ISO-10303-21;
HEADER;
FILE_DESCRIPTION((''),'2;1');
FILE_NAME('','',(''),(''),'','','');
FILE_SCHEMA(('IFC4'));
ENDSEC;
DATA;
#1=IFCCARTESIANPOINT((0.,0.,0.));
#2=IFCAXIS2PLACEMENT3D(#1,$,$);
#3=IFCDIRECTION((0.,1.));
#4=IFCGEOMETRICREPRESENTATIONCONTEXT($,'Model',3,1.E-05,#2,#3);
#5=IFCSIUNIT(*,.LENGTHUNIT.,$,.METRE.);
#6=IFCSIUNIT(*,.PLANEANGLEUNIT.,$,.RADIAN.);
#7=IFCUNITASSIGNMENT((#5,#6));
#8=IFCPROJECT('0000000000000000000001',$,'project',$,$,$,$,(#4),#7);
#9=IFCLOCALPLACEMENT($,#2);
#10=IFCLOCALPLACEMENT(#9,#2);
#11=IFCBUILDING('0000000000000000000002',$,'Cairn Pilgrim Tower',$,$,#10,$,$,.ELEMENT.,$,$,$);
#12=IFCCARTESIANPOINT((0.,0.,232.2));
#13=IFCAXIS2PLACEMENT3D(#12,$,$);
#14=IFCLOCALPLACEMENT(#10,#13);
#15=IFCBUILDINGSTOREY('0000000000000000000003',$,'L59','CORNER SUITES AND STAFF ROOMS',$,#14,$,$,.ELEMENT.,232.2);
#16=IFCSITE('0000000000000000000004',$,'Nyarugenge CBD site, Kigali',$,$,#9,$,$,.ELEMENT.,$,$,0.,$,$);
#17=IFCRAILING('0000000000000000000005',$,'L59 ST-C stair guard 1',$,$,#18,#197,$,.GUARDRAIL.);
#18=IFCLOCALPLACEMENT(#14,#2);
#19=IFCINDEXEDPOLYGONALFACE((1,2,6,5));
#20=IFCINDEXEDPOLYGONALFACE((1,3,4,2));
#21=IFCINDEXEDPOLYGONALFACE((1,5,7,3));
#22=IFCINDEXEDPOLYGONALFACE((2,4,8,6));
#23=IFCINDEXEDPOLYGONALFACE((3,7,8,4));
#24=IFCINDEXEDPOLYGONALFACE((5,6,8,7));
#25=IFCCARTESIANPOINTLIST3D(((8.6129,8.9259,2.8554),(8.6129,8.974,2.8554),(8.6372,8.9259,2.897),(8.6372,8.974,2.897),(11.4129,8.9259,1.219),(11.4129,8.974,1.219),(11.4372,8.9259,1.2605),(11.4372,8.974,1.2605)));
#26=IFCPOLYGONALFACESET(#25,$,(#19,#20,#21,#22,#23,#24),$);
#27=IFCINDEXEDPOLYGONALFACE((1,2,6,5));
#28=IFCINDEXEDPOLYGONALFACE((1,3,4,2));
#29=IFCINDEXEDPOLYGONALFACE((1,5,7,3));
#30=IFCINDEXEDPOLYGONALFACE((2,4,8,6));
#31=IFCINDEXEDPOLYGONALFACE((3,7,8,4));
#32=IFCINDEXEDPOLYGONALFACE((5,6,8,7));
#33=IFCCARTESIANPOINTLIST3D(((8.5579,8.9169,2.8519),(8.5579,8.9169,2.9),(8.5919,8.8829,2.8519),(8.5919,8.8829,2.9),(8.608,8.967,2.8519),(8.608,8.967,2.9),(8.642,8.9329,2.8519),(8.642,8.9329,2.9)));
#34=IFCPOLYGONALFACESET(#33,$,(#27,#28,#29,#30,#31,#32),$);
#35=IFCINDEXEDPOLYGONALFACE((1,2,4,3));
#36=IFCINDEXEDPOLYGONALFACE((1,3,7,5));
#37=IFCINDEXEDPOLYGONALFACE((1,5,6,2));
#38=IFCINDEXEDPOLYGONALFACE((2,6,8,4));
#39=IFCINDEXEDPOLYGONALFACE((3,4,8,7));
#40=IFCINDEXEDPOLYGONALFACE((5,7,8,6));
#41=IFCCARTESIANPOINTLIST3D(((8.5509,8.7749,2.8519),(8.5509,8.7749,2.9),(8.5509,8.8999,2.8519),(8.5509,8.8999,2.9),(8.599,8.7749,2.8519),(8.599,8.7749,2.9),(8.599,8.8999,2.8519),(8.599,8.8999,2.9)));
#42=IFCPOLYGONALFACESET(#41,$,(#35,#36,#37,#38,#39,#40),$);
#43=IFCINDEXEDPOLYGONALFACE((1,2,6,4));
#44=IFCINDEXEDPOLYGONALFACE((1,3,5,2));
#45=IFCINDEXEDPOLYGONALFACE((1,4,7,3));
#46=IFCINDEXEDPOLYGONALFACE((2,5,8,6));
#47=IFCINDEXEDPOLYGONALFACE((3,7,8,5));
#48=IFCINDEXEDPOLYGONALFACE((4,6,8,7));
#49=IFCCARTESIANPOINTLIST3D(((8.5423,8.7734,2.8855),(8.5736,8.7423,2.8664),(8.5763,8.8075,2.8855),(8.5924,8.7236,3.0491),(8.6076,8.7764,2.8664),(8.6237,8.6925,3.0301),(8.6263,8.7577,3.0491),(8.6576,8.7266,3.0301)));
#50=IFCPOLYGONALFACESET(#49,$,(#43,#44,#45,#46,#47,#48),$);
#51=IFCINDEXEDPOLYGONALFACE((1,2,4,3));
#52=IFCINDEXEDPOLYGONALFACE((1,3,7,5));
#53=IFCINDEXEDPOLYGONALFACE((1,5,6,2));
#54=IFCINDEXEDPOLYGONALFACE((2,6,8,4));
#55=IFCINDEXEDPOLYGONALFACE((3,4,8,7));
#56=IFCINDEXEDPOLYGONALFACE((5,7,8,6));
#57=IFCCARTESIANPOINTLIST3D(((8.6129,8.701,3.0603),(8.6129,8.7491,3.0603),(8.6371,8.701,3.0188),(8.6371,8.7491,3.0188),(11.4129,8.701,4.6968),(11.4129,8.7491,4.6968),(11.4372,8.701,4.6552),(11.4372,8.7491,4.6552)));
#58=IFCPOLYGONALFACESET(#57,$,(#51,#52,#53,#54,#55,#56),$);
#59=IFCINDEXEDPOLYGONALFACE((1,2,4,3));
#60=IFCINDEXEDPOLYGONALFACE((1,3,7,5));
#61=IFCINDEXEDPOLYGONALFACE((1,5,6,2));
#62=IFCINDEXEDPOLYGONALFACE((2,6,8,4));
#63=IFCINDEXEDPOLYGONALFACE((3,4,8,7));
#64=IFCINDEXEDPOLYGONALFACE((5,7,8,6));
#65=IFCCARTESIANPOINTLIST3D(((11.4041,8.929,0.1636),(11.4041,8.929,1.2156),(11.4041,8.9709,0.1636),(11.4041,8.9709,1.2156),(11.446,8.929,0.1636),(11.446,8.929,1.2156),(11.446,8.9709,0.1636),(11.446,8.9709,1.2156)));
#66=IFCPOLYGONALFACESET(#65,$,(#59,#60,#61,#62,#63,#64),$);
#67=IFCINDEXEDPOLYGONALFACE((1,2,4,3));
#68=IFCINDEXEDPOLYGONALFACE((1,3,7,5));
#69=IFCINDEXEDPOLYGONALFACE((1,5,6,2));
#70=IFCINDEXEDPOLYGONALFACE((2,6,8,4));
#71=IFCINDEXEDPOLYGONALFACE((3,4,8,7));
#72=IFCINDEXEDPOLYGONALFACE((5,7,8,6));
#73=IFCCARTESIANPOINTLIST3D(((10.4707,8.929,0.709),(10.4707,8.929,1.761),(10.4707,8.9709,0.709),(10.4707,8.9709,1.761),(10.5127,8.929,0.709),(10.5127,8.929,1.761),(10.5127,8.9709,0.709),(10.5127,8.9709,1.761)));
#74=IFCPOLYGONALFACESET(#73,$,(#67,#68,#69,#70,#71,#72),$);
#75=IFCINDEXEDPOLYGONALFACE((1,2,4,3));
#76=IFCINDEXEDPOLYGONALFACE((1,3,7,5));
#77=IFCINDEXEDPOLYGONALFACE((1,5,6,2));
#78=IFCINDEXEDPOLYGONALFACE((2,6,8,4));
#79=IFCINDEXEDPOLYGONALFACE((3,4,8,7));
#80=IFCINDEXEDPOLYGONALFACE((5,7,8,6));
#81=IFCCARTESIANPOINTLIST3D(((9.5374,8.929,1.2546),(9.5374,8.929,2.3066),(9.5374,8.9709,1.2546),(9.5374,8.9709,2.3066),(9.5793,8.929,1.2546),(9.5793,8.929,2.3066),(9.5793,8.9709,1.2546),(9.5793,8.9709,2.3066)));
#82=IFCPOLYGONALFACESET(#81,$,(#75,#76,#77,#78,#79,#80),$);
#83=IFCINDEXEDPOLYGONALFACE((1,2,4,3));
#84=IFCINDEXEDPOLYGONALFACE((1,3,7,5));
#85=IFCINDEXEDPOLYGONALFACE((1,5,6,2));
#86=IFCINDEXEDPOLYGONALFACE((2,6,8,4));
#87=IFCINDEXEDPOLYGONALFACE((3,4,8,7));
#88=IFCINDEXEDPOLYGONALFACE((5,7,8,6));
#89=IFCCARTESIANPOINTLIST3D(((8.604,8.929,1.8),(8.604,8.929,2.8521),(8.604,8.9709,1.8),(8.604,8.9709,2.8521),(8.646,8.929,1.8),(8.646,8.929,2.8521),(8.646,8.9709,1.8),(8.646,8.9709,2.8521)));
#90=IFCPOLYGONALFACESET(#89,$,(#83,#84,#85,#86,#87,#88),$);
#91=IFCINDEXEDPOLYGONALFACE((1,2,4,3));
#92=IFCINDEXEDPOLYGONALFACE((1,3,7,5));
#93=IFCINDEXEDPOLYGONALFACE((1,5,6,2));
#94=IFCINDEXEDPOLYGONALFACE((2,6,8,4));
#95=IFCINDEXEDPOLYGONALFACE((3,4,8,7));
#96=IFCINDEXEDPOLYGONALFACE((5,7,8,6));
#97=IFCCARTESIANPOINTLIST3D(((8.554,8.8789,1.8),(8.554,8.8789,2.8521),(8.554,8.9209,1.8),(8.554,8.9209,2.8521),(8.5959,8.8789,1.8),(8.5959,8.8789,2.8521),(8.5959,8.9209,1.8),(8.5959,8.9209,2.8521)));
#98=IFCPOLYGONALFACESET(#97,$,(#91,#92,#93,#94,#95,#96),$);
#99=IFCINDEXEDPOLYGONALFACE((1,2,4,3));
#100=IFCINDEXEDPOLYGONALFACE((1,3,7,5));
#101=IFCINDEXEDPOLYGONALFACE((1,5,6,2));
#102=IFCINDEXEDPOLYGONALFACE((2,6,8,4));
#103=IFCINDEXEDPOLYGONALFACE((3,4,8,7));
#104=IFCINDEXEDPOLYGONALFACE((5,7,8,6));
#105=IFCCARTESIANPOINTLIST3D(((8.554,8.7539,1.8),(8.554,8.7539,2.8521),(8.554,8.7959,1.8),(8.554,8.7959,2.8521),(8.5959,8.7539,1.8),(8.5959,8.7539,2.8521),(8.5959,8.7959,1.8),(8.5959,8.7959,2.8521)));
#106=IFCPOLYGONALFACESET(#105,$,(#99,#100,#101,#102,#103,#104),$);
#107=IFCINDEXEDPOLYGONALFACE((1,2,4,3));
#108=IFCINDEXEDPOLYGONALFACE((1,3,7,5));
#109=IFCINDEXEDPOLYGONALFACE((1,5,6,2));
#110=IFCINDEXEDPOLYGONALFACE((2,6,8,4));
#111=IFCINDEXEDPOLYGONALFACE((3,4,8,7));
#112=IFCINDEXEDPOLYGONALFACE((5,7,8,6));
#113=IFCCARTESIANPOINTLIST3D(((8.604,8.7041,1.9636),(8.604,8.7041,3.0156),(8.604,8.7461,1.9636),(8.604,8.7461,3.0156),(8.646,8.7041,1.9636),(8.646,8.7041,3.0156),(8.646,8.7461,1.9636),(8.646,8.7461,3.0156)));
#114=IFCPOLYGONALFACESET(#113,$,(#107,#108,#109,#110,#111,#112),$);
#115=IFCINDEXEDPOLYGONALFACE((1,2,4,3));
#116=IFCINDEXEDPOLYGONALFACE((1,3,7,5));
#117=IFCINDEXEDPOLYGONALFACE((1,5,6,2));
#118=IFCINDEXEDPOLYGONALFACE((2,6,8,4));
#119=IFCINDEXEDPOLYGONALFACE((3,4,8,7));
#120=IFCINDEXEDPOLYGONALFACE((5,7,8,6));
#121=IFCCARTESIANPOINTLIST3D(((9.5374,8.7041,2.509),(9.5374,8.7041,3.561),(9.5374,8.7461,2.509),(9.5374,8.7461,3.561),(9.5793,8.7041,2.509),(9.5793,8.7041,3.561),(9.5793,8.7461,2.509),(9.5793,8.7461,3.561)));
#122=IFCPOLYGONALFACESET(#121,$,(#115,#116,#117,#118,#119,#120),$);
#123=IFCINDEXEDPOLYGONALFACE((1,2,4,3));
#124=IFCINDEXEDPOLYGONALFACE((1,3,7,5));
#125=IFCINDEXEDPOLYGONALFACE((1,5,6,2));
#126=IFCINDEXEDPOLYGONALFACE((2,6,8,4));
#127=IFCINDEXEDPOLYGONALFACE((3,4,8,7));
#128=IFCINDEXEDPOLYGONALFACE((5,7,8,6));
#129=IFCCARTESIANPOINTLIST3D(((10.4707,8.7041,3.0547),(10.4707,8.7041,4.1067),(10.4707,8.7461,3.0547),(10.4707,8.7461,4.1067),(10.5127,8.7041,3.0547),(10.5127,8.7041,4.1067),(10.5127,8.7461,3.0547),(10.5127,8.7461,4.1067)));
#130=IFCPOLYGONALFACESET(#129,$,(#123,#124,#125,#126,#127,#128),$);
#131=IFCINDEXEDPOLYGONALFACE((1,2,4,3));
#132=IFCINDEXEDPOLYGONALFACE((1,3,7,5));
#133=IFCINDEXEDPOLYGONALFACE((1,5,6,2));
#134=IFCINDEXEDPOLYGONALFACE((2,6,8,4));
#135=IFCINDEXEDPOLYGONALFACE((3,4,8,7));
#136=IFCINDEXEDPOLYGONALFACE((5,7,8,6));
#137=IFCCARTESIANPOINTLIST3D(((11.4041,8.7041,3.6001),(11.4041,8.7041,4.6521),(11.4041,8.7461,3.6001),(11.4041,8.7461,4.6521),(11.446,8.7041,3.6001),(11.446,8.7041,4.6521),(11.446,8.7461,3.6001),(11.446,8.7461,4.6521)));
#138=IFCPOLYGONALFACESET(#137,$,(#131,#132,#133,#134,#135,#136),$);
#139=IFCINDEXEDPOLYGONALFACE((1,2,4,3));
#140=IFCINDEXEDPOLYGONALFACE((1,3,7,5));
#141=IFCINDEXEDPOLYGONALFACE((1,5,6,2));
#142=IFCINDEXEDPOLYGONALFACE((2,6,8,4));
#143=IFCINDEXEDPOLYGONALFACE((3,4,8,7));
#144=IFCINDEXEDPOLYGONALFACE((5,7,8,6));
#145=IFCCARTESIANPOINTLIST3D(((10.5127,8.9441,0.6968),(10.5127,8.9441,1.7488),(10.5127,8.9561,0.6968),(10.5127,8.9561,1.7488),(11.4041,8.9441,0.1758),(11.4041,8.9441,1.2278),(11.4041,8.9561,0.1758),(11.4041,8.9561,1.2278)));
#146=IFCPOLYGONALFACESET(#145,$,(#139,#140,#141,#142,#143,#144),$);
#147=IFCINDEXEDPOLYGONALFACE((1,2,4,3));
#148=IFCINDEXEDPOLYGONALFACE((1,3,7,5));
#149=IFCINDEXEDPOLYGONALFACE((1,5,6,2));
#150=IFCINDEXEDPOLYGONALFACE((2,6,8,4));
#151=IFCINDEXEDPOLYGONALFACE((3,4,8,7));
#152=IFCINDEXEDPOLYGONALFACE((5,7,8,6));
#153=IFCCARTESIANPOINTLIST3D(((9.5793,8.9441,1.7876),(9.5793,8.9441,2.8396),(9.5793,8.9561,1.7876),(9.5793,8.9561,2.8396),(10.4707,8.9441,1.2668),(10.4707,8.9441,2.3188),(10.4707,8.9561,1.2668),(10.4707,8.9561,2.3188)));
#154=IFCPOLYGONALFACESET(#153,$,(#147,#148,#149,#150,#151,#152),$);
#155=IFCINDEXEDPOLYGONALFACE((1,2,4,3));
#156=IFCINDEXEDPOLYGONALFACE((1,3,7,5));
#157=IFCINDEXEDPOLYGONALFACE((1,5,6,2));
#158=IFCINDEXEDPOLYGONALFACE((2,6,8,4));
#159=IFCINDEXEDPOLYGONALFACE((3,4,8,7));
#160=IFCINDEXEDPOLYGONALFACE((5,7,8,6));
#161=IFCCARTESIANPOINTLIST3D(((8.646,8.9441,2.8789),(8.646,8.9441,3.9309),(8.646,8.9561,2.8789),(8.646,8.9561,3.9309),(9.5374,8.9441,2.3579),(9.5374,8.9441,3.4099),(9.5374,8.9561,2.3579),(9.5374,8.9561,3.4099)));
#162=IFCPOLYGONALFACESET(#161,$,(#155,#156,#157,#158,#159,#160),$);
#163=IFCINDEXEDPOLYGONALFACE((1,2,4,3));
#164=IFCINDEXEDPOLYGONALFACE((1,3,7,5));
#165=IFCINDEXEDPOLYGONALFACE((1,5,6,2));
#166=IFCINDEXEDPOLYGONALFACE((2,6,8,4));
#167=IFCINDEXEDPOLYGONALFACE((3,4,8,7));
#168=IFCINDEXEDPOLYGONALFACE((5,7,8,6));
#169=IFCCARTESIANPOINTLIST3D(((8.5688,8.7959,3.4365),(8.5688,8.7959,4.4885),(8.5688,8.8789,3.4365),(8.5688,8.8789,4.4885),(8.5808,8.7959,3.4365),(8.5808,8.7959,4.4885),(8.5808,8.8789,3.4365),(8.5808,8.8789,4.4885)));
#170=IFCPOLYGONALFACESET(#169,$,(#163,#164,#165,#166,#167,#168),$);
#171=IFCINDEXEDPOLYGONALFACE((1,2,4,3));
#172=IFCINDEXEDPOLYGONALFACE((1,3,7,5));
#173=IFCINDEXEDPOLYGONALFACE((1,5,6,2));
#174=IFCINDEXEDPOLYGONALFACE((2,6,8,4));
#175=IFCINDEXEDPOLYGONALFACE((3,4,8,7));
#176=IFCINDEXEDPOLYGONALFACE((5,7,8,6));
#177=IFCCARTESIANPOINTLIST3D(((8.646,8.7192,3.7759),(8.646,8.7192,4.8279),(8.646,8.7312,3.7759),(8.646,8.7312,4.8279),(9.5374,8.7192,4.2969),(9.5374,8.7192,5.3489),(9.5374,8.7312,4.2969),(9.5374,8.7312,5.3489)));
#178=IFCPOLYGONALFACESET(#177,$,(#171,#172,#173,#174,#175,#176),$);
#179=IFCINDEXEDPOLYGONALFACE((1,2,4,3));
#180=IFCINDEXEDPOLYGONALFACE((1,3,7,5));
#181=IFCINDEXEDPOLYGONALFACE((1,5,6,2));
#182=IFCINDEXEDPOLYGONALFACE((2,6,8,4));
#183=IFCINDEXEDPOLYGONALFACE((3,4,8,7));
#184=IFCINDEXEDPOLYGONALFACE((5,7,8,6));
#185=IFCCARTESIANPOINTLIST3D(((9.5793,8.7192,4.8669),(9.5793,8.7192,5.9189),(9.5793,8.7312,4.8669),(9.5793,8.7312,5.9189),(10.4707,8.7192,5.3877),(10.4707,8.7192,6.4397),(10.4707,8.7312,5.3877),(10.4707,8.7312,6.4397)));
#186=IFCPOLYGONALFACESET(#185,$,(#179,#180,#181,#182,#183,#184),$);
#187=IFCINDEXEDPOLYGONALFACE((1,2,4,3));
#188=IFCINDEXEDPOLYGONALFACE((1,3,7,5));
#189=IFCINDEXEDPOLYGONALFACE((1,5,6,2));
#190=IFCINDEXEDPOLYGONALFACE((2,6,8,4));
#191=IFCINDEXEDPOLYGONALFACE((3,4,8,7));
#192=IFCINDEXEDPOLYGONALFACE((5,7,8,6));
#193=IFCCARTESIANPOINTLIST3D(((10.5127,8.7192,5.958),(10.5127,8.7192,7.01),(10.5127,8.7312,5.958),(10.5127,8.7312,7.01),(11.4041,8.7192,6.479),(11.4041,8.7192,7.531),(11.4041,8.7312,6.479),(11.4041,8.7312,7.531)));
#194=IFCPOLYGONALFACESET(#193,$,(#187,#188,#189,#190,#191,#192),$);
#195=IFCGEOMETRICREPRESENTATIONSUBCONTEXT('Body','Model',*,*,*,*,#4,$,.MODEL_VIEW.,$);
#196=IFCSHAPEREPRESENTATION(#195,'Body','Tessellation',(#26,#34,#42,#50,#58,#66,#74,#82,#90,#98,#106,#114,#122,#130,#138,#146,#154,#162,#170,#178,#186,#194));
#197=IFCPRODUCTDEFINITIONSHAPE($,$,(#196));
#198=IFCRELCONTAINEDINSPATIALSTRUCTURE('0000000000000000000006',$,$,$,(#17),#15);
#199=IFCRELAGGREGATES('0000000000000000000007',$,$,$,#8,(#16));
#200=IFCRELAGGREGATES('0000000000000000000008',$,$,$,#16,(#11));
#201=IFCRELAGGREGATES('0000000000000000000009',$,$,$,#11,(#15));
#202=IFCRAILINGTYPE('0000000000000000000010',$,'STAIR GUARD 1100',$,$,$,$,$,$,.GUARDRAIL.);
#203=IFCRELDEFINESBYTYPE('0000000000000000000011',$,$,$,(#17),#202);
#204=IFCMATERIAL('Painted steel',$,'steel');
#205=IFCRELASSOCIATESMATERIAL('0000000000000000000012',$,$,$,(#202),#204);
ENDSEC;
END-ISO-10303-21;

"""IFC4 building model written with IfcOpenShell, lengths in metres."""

from ifc_helpers import new_model, si_unit, direction, frame, origin, origin_2d, place, context, subcontext, project, spatial, polyline, rectangle, outline, extrude, material, type_object, element, save


model = new_model("IFC4")

# Units and contexts
model_context = context("Model", 3, precision=1e-05, world=origin(), true_north=direction((0.0, 1.0)))
body_context = subcontext(model_context, "Body", "Model", "MODEL_VIEW")
ifc_project = project(units=[si_unit("LENGTHUNIT", "METRE"), si_unit("PLANEANGLEUNIT", "RADIAN")], contexts=[model_context])

# Site, building, storey
site_placement = place(None, origin())
site = spatial("IfcSite", under=ifc_project, at=site_placement, Name="Nyarugenge CBD site, Kigali", CompositionType="ELEMENT", RefElevation=0.0)
building_placement = place(site_placement, origin())
building = spatial("IfcBuilding", under=site, at=building_placement, Name="Cairn Pilgrim Tower", CompositionType="ELEMENT")
storey_placement = place(building_placement, frame((0.0, 0.0, 232.2)))
storey = spatial("IfcBuildingStorey", under=building, at=storey_placement, Name="L59", Description="CORNER SUITES AND STAFF ROOMS", CompositionType="ELEMENT", Elevation=232.2)

# Shared definitions
ifc_material_1 = material(Name="Painted steel", Category="steel")

# Railing
railing_type_1 = type_object("IfcRailingType", Name="STAIR GUARD 1100", PredefinedType="GUARDRAIL", material=ifc_material_1)
railing_1_placement = place(storey_placement, frame((11.425, 8.95, 0.1636)))
element("IfcRailing", 1, at=railing_1_placement, inside=storey, type_object=railing_type_1, Name="L59 ST-C stair guard 1", PredefinedType="GUARDRAIL", context=body_context, shape_type="SweptSolid", body=[
    extrude(rectangle(XDim=0.0481, YDim=0.0481, at=origin_2d()), frame((0.0, 0.0, 1.0762), z_axis=(-0.863361, 0.0, 0.504587), x_axis=(0.0, -1.0, 0.0)), (0.0, 0.0, 1.0), 3.2432),
    extrude(rectangle(XDim=0.0481, YDim=0.0481, at=origin_2d()), frame((-2.8, 0.0, 2.7124), z_axis=(-0.707107, -0.707107, 0.0), x_axis=(0.707107, -0.707107, 0.0)), (0.0, 0.0, 1.0), 0.0708),
    extrude(rectangle(XDim=0.0481, YDim=0.0481, at=origin_2d()), frame((-2.8501, -0.05, 2.7124), z_axis=(0.0, -1.0, 0.0), x_axis=(1.0, 0.0, 0.0)), (0.0, 0.0, 1.0), 0.125),
    extrude(rectangle(XDim=0.0481, YDim=0.0481, at=origin_2d()), frame((-2.8501, -0.175, 2.7124), z_axis=(0.280917, -0.279546, 0.918118), x_axis=(0.705376, 0.708834, 0.0)), (0.0, 0.0, 1.0), 0.1782),
    extrude(rectangle(XDim=0.0481, YDim=0.0481, at=origin_2d()), frame((-2.8, -0.2249, 2.876), z_axis=(0.863361, 0.0, 0.504587), x_axis=(0.0, 1.0, 0.0)), (0.0, 0.0, 1.0), 3.2432),
    extrude(rectangle(XDim=0.042, YDim=0.042, at=origin_2d()), origin(), (0.0, 0.0, 1.0), 1.052),
    extrude(rectangle(XDim=0.042, YDim=0.042, at=origin_2d()), frame((-0.9333, 0.0, 0.5454)), (0.0, 0.0, 1.0), 1.052),
    extrude(rectangle(XDim=0.042, YDim=0.042, at=origin_2d()), frame((-1.8667, 0.0, 1.0911)), (0.0, 0.0, 1.0), 1.052),
    extrude(rectangle(XDim=0.042, YDim=0.042, at=origin_2d()), frame((-2.8, 0.0, 1.6365)), (0.0, 0.0, 1.0), 1.052),
    extrude(rectangle(XDim=0.042, YDim=0.042, at=origin_2d()), frame((-2.8501, -0.05, 1.6365)), (0.0, 0.0, 1.0), 1.052),
    extrude(rectangle(XDim=0.042, YDim=0.042, at=origin_2d()), frame((-2.8501, -0.175, 1.6365)), (0.0, 0.0, 1.0), 1.052),
    extrude(rectangle(XDim=0.042, YDim=0.042, at=origin_2d()), frame((-2.8, -0.2249, 1.8)), (0.0, 0.0, 1.0), 1.052),
    extrude(rectangle(XDim=0.042, YDim=0.042, at=origin_2d()), frame((-1.8667, -0.2249, 2.3455)), (0.0, 0.0, 1.0), 1.052),
    extrude(rectangle(XDim=0.042, YDim=0.042, at=origin_2d()), frame((-0.9333, -0.2249, 2.8911)), (0.0, 0.0, 1.0), 1.052),
    extrude(rectangle(XDim=0.042, YDim=0.042, at=origin_2d()), frame((0.0, -0.2249, 3.4365)), (0.0, 0.0, 1.0), 1.052),
    extrude(outline(polyline([(0.021, 0.0122), (0.9124, 0.5332), (0.9124, 1.5852), (0.021, 1.0642), (0.021, 0.0122)])), frame((0.0, -0.0059, 0.0), z_axis=(0.0, 1.0, 0.0), x_axis=(-1.0, 0.0, 0.0)), (0.0, 0.0, 1.0), 0.012),
    extrude(outline(polyline([(0.021, 0.5579), (0.9124, 1.0786), (0.9124, 2.1306), (0.021, 1.6099), (0.021, 0.5579)])), frame((-0.9333, -0.0059, 0.5454), z_axis=(0.0, 1.0, 0.0), x_axis=(-1.0, 0.0, 0.0)), (0.0, 0.0, 1.0), 0.012),
    extrude(outline(polyline([(0.021, 1.1033), (0.9124, 1.6243), (0.9124, 2.6763), (0.021, 2.1553), (0.021, 1.1033)])), frame((-1.8667, -0.0059, 1.0911), z_axis=(0.0, 1.0, 0.0), x_axis=(-1.0, 0.0, 0.0)), (0.0, 0.0, 1.0), 0.012),
    extrude(outline(polyline([(0.021, 1.6365), (0.104, 1.6365), (0.104, 2.6885), (0.021, 2.6885), (0.021, 1.6365)])), frame((-2.8442, -0.05, 1.6365), z_axis=(-1.0, 0.0, 0.0), x_axis=(0.0, -1.0, 0.0)), (0.0, 0.0, 1.0), 0.012),
    extrude(outline(polyline([(0.021, 1.8123), (0.9124, 2.3333), (0.9124, 3.3853), (0.021, 2.8643), (0.021, 1.8123)])), frame((-2.8, -0.2188, 1.8), z_axis=(0.0, -1.0, 0.0), x_axis=(1.0, 0.0, 0.0)), (0.0, 0.0, 1.0), 0.012),
    extrude(outline(polyline([(0.021, 2.3579), (0.9124, 2.8787), (0.9124, 3.9307), (0.021, 3.4099), (0.021, 2.3579)])), frame((-1.8667, -0.2188, 2.3455), z_axis=(0.0, -1.0, 0.0), x_axis=(1.0, 0.0, 0.0)), (0.0, 0.0, 1.0), 0.012),
    extrude(outline(polyline([(0.021, 2.9033), (0.9124, 3.4243), (0.9124, 4.4763), (0.021, 3.9553), (0.021, 2.9033)])), frame((-0.9333, -0.2188, 2.8911), z_axis=(0.0, -1.0, 0.0), x_axis=(1.0, 0.0, 0.0)), (0.0, 0.0, 1.0), 0.012),
])

save(model, "model.ifc")
